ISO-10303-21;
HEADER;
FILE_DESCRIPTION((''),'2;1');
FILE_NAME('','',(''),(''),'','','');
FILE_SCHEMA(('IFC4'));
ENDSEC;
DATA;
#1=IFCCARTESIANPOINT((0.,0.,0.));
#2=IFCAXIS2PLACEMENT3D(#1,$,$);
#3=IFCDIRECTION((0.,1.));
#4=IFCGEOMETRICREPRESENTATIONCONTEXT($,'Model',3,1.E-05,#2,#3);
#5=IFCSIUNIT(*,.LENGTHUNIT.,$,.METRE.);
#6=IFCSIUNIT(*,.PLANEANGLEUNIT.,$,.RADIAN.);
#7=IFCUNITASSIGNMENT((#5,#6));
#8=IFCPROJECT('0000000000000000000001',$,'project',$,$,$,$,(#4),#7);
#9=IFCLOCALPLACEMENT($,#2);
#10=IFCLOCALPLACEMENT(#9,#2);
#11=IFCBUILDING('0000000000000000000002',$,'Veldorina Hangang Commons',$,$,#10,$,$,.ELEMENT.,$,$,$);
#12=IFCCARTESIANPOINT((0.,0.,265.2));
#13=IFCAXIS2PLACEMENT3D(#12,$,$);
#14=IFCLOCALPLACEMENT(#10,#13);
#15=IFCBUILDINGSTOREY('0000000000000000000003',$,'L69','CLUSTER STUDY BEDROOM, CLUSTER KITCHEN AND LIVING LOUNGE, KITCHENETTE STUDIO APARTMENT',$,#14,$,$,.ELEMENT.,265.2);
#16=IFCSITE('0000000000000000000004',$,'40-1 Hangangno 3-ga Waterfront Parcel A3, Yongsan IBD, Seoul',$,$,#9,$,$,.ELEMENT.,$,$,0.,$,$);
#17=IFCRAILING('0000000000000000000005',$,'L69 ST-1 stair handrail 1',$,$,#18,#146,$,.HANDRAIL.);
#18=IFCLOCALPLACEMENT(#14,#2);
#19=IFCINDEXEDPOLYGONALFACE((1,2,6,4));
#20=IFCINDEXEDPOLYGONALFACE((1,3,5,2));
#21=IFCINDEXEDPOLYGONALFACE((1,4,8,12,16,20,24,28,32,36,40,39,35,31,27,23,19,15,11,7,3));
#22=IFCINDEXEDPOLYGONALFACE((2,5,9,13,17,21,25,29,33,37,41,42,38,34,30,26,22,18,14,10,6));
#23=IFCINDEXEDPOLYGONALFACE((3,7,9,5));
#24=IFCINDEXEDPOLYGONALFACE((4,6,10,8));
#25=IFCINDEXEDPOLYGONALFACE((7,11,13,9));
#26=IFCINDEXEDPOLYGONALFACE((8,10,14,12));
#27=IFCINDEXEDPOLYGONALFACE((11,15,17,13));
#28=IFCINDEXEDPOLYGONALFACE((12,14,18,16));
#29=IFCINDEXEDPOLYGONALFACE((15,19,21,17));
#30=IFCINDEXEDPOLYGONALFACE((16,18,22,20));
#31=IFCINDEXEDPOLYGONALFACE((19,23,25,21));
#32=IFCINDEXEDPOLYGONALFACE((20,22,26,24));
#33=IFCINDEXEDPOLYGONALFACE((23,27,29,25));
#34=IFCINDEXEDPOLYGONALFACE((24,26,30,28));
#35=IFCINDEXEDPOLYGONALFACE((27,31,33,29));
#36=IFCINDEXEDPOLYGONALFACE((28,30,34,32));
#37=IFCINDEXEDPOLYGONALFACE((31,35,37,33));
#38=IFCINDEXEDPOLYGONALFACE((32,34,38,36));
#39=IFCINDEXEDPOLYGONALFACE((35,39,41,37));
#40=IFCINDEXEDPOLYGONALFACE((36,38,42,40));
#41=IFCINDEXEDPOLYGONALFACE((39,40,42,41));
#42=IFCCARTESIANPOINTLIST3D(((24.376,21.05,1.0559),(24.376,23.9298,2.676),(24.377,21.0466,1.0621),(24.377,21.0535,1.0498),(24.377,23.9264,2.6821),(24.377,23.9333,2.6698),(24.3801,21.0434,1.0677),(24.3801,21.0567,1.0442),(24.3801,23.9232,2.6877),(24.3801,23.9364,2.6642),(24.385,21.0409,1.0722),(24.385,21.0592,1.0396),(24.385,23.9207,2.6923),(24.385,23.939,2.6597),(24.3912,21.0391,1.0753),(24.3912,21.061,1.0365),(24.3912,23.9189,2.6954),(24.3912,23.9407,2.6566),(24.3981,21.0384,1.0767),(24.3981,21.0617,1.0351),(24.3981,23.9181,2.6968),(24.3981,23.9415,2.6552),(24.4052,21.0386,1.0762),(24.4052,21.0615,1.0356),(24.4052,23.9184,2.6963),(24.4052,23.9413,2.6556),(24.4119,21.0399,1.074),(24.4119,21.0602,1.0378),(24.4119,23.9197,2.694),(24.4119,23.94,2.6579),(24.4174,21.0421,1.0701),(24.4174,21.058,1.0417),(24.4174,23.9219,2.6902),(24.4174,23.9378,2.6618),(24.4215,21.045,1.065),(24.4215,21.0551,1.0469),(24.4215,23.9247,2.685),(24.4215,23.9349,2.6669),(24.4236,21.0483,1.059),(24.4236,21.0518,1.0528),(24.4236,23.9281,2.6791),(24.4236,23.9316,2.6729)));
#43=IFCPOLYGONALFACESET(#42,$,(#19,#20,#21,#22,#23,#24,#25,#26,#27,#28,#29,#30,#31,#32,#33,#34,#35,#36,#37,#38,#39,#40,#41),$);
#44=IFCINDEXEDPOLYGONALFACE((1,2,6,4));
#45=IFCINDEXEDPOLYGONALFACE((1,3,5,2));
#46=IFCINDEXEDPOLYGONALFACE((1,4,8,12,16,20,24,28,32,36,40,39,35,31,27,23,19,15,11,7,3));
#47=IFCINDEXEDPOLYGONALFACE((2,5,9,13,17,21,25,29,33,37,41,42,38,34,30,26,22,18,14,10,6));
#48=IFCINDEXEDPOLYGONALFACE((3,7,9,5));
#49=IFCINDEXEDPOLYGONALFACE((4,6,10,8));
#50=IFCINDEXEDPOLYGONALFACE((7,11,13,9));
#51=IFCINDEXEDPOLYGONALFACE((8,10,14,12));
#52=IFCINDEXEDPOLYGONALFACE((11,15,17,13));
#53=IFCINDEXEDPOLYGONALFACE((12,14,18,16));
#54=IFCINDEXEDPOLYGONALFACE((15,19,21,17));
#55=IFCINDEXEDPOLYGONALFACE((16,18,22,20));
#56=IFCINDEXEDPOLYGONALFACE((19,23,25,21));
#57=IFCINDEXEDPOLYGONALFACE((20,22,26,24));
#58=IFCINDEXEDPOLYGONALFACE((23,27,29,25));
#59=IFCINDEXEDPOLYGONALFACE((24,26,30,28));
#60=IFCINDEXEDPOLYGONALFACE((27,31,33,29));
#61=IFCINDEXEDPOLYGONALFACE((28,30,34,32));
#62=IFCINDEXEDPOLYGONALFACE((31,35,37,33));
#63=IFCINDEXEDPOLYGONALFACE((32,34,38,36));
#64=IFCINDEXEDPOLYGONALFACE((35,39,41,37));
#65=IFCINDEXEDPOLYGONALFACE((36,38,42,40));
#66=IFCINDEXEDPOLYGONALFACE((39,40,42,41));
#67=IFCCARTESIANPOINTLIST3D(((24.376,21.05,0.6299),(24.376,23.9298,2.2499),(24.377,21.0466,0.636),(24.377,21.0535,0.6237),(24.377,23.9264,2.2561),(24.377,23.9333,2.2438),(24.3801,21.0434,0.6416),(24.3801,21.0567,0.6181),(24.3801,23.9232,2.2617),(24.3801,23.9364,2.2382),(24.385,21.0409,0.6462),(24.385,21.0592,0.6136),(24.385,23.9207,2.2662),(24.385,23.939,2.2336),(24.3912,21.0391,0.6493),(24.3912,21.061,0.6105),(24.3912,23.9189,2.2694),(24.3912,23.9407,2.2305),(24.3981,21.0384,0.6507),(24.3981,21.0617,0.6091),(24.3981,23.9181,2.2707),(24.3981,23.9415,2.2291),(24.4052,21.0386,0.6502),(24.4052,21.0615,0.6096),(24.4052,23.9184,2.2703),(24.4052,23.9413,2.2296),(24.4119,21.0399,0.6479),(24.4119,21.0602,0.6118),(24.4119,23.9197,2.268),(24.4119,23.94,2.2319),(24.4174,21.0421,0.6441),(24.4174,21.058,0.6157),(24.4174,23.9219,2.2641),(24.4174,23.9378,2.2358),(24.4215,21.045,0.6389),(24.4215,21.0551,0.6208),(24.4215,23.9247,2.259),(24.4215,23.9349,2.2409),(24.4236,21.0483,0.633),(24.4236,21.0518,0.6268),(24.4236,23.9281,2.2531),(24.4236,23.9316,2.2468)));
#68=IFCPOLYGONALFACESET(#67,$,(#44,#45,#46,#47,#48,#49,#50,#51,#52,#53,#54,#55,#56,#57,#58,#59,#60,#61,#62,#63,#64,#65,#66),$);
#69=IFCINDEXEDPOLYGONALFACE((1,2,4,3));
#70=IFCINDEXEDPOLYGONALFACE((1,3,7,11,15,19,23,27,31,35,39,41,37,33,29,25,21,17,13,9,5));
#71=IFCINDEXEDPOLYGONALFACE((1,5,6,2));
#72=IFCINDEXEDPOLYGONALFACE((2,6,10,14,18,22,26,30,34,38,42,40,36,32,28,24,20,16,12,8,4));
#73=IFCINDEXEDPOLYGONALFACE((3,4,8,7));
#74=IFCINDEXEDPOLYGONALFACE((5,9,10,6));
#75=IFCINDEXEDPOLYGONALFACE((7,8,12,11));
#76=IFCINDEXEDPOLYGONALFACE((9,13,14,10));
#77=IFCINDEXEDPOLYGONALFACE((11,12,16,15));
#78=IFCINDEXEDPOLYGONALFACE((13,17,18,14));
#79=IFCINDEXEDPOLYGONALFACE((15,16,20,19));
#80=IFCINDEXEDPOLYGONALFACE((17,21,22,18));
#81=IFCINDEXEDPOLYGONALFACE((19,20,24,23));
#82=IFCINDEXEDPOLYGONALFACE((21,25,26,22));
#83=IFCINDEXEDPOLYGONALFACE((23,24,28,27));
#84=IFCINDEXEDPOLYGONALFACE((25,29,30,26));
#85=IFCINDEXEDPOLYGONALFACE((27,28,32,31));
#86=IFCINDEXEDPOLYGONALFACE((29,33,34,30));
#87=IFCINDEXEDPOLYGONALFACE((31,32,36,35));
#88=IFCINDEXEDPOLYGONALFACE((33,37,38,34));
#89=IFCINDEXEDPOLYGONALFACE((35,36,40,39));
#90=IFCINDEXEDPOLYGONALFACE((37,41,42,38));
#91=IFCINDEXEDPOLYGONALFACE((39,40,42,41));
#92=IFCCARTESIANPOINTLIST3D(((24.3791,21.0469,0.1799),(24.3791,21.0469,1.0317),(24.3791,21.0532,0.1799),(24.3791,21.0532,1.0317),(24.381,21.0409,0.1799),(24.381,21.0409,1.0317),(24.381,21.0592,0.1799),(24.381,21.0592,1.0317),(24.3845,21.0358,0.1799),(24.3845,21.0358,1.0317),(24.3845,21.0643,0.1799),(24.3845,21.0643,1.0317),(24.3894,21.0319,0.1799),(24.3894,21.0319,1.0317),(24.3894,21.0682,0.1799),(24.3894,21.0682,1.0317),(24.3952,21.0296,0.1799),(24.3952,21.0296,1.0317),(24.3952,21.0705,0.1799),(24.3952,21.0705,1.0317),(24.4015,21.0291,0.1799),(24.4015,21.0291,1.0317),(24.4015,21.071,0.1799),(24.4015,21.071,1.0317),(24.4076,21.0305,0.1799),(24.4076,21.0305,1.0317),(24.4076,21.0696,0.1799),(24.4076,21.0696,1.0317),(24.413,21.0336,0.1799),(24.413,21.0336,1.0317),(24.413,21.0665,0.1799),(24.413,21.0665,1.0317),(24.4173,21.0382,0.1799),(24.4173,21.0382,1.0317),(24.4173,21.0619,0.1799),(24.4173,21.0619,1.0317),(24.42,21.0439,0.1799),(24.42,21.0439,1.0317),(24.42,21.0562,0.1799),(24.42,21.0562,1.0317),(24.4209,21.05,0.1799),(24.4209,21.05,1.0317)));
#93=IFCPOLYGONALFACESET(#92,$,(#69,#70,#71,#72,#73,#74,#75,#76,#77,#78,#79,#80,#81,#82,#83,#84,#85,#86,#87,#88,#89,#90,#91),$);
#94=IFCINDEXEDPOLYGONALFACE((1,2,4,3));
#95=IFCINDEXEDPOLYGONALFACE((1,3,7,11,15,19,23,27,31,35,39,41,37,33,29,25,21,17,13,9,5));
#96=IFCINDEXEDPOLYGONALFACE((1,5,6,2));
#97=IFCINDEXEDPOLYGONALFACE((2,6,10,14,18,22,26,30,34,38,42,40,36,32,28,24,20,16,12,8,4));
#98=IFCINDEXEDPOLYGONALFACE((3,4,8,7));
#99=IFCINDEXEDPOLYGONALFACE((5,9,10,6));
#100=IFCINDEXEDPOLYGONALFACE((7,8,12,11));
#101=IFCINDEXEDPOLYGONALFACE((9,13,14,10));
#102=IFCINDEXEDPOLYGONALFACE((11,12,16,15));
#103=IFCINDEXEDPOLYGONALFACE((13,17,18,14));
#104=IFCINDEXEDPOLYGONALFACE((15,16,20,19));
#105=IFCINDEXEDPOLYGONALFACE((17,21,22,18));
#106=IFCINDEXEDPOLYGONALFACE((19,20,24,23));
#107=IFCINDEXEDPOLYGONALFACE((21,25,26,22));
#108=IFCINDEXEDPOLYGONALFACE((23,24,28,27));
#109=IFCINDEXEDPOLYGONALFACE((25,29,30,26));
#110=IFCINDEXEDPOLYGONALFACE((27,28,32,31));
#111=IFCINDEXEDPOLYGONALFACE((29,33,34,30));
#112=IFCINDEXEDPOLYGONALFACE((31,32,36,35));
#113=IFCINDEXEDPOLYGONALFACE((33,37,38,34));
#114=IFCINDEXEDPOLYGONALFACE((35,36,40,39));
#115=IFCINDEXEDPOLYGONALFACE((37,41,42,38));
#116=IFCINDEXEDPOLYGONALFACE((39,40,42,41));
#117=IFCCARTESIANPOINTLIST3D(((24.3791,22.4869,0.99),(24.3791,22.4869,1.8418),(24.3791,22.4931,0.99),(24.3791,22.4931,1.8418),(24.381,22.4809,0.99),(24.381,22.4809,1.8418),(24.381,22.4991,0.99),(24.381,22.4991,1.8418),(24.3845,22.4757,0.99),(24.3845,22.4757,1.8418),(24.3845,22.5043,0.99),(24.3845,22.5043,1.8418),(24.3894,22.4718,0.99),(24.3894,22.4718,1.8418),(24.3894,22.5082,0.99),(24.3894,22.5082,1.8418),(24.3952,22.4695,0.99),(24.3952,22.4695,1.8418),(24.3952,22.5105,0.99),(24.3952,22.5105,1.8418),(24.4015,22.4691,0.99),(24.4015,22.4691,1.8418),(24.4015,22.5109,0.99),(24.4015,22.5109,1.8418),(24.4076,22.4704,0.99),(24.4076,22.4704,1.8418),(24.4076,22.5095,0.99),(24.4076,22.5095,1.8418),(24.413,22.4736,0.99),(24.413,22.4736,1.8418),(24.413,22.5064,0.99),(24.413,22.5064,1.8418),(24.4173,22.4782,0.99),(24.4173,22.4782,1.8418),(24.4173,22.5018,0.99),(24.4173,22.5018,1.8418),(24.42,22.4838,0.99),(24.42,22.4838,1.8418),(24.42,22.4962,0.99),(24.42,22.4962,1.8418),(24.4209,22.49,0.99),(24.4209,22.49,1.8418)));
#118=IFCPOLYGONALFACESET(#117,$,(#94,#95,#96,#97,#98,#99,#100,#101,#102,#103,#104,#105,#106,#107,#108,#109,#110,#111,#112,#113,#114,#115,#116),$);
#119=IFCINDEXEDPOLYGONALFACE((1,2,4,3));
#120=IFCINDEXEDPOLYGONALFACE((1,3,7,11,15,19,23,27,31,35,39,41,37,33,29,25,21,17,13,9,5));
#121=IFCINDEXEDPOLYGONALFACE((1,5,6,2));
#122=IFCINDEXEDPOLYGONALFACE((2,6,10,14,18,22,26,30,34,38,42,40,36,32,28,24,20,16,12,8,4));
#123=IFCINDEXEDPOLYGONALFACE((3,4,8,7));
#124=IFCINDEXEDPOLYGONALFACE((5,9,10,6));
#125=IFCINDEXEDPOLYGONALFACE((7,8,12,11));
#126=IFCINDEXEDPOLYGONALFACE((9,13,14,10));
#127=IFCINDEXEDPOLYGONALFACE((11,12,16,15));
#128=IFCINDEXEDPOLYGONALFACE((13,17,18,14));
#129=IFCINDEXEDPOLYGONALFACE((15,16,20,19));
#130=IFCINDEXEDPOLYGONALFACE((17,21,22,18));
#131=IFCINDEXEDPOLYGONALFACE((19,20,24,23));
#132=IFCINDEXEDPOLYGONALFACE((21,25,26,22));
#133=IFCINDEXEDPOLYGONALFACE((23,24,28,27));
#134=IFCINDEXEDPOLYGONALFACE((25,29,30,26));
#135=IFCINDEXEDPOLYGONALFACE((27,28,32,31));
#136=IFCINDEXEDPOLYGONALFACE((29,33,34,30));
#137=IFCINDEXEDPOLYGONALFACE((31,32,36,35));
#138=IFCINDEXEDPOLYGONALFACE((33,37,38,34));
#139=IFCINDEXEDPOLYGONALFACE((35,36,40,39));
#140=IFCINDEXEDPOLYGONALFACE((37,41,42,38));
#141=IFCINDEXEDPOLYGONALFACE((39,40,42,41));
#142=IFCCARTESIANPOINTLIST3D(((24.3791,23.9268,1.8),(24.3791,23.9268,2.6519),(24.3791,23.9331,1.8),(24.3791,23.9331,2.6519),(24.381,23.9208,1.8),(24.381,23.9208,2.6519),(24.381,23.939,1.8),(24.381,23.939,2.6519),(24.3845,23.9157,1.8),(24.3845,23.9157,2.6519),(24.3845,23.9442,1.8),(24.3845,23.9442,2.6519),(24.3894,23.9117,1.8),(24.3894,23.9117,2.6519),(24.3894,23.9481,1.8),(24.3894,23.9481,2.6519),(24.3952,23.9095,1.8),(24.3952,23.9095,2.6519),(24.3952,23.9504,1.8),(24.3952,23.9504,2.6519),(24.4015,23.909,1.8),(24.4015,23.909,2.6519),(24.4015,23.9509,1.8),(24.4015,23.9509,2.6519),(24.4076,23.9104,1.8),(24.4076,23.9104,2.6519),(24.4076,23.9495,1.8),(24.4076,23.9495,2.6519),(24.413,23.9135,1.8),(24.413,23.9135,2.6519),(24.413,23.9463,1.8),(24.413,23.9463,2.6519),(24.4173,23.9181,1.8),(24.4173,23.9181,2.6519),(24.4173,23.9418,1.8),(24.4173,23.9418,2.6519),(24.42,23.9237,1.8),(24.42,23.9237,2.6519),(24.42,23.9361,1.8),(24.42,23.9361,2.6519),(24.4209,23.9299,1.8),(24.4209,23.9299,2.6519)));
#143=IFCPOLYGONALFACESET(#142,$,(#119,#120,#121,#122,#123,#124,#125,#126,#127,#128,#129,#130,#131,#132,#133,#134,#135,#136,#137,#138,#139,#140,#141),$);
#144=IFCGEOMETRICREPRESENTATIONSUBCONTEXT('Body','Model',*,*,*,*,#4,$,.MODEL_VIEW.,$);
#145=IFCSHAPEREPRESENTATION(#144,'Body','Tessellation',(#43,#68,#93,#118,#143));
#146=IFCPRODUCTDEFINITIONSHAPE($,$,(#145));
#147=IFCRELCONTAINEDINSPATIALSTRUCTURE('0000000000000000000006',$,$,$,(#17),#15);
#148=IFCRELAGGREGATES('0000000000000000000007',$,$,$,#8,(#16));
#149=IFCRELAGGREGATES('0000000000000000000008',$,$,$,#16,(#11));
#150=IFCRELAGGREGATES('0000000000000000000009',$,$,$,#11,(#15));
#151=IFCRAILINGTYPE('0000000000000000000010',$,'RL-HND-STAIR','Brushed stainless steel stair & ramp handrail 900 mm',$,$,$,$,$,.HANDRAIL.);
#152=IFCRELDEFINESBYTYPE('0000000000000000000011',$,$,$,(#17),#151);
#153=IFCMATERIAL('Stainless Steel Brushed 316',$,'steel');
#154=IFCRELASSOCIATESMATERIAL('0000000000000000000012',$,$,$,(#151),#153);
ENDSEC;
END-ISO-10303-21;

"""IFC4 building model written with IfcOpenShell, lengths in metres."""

from ifc_helpers import new_model, si_unit, direction, frame, origin, origin_2d, place, context, subcontext, project, spatial, circle, extrude, material, type_object, element, save


model = new_model("IFC4")

# Units and contexts
model_context = context("Model", 3, precision=1e-05, world=origin(), true_north=direction((0.0, 1.0)))
body_context = subcontext(model_context, "Body", "Model", "MODEL_VIEW")
ifc_project = project(units=[si_unit("LENGTHUNIT", "METRE"), si_unit("PLANEANGLEUNIT", "RADIAN")], contexts=[model_context])

# Site, building, storey
site_placement = place(None, origin())
site = spatial("IfcSite", under=ifc_project, at=site_placement, Name="40-1 Hangangno 3-ga Waterfront Parcel A3, Yongsan IBD, Seoul", CompositionType="ELEMENT", RefElevation=0.0)
building_placement = place(site_placement, origin())
building = spatial("IfcBuilding", under=site, at=building_placement, Name="Veldorina Hangang Commons", CompositionType="ELEMENT")
storey_placement = place(building_placement, frame((0.0, 0.0, 265.2)))
storey = spatial("IfcBuildingStorey", under=building, at=storey_placement, Name="L69", Description="CLUSTER STUDY BEDROOM, CLUSTER KITCHEN AND LIVING LOUNGE, KITCHENETTE STUDIO APARTMENT", CompositionType="ELEMENT", Elevation=265.2)

# Railing
ifc_material_1 = material(Name="Stainless Steel Brushed 316", Category="steel")
railing_type = type_object("IfcRailingType", Name="RL-HND-STAIR", Description="Brushed stainless steel stair & ramp handrail 900 mm", PredefinedType="HANDRAIL", material=ifc_material_1)
railing_placement = place(storey_placement, frame((24.3999, 21.05, 0.1799)))
element("IfcRailing", 1, at=railing_placement, inside=storey, type_object=railing_type, Name="L69 ST-1 stair handrail 1", PredefinedType="HANDRAIL", context=body_context, shape_type="SweptSolid", body=[
    extrude(circle(Radius=0.0239, at=origin_2d()), frame((0.0, 0.0, 0.876), z_axis=(0.0, 0.871552, 0.490303), x_axis=(-1.0, 0.0, 0.0)), (0.0, 0.0, 1.0), 3.3042),
    extrude(circle(Radius=0.0239, at=origin_2d()), frame((0.0, 0.0, 0.45), z_axis=(0.0, 0.871552, 0.490303), x_axis=(-1.0, 0.0, 0.0)), (0.0, 0.0, 1.0), 3.3042),
    extrude(circle(Radius=0.021, at=origin_2d()), origin(), (0.0, 0.0, 1.0), 0.8518),
    extrude(circle(Radius=0.021, at=origin_2d()), frame((0.0, 1.4399, 0.8101)), (0.0, 0.0, 1.0), 0.8518),
    extrude(circle(Radius=0.021, at=origin_2d()), frame((0.0, 2.8799, 1.6201)), (0.0, 0.0, 1.0), 0.8518),
])

save(model, "model.ifc")
